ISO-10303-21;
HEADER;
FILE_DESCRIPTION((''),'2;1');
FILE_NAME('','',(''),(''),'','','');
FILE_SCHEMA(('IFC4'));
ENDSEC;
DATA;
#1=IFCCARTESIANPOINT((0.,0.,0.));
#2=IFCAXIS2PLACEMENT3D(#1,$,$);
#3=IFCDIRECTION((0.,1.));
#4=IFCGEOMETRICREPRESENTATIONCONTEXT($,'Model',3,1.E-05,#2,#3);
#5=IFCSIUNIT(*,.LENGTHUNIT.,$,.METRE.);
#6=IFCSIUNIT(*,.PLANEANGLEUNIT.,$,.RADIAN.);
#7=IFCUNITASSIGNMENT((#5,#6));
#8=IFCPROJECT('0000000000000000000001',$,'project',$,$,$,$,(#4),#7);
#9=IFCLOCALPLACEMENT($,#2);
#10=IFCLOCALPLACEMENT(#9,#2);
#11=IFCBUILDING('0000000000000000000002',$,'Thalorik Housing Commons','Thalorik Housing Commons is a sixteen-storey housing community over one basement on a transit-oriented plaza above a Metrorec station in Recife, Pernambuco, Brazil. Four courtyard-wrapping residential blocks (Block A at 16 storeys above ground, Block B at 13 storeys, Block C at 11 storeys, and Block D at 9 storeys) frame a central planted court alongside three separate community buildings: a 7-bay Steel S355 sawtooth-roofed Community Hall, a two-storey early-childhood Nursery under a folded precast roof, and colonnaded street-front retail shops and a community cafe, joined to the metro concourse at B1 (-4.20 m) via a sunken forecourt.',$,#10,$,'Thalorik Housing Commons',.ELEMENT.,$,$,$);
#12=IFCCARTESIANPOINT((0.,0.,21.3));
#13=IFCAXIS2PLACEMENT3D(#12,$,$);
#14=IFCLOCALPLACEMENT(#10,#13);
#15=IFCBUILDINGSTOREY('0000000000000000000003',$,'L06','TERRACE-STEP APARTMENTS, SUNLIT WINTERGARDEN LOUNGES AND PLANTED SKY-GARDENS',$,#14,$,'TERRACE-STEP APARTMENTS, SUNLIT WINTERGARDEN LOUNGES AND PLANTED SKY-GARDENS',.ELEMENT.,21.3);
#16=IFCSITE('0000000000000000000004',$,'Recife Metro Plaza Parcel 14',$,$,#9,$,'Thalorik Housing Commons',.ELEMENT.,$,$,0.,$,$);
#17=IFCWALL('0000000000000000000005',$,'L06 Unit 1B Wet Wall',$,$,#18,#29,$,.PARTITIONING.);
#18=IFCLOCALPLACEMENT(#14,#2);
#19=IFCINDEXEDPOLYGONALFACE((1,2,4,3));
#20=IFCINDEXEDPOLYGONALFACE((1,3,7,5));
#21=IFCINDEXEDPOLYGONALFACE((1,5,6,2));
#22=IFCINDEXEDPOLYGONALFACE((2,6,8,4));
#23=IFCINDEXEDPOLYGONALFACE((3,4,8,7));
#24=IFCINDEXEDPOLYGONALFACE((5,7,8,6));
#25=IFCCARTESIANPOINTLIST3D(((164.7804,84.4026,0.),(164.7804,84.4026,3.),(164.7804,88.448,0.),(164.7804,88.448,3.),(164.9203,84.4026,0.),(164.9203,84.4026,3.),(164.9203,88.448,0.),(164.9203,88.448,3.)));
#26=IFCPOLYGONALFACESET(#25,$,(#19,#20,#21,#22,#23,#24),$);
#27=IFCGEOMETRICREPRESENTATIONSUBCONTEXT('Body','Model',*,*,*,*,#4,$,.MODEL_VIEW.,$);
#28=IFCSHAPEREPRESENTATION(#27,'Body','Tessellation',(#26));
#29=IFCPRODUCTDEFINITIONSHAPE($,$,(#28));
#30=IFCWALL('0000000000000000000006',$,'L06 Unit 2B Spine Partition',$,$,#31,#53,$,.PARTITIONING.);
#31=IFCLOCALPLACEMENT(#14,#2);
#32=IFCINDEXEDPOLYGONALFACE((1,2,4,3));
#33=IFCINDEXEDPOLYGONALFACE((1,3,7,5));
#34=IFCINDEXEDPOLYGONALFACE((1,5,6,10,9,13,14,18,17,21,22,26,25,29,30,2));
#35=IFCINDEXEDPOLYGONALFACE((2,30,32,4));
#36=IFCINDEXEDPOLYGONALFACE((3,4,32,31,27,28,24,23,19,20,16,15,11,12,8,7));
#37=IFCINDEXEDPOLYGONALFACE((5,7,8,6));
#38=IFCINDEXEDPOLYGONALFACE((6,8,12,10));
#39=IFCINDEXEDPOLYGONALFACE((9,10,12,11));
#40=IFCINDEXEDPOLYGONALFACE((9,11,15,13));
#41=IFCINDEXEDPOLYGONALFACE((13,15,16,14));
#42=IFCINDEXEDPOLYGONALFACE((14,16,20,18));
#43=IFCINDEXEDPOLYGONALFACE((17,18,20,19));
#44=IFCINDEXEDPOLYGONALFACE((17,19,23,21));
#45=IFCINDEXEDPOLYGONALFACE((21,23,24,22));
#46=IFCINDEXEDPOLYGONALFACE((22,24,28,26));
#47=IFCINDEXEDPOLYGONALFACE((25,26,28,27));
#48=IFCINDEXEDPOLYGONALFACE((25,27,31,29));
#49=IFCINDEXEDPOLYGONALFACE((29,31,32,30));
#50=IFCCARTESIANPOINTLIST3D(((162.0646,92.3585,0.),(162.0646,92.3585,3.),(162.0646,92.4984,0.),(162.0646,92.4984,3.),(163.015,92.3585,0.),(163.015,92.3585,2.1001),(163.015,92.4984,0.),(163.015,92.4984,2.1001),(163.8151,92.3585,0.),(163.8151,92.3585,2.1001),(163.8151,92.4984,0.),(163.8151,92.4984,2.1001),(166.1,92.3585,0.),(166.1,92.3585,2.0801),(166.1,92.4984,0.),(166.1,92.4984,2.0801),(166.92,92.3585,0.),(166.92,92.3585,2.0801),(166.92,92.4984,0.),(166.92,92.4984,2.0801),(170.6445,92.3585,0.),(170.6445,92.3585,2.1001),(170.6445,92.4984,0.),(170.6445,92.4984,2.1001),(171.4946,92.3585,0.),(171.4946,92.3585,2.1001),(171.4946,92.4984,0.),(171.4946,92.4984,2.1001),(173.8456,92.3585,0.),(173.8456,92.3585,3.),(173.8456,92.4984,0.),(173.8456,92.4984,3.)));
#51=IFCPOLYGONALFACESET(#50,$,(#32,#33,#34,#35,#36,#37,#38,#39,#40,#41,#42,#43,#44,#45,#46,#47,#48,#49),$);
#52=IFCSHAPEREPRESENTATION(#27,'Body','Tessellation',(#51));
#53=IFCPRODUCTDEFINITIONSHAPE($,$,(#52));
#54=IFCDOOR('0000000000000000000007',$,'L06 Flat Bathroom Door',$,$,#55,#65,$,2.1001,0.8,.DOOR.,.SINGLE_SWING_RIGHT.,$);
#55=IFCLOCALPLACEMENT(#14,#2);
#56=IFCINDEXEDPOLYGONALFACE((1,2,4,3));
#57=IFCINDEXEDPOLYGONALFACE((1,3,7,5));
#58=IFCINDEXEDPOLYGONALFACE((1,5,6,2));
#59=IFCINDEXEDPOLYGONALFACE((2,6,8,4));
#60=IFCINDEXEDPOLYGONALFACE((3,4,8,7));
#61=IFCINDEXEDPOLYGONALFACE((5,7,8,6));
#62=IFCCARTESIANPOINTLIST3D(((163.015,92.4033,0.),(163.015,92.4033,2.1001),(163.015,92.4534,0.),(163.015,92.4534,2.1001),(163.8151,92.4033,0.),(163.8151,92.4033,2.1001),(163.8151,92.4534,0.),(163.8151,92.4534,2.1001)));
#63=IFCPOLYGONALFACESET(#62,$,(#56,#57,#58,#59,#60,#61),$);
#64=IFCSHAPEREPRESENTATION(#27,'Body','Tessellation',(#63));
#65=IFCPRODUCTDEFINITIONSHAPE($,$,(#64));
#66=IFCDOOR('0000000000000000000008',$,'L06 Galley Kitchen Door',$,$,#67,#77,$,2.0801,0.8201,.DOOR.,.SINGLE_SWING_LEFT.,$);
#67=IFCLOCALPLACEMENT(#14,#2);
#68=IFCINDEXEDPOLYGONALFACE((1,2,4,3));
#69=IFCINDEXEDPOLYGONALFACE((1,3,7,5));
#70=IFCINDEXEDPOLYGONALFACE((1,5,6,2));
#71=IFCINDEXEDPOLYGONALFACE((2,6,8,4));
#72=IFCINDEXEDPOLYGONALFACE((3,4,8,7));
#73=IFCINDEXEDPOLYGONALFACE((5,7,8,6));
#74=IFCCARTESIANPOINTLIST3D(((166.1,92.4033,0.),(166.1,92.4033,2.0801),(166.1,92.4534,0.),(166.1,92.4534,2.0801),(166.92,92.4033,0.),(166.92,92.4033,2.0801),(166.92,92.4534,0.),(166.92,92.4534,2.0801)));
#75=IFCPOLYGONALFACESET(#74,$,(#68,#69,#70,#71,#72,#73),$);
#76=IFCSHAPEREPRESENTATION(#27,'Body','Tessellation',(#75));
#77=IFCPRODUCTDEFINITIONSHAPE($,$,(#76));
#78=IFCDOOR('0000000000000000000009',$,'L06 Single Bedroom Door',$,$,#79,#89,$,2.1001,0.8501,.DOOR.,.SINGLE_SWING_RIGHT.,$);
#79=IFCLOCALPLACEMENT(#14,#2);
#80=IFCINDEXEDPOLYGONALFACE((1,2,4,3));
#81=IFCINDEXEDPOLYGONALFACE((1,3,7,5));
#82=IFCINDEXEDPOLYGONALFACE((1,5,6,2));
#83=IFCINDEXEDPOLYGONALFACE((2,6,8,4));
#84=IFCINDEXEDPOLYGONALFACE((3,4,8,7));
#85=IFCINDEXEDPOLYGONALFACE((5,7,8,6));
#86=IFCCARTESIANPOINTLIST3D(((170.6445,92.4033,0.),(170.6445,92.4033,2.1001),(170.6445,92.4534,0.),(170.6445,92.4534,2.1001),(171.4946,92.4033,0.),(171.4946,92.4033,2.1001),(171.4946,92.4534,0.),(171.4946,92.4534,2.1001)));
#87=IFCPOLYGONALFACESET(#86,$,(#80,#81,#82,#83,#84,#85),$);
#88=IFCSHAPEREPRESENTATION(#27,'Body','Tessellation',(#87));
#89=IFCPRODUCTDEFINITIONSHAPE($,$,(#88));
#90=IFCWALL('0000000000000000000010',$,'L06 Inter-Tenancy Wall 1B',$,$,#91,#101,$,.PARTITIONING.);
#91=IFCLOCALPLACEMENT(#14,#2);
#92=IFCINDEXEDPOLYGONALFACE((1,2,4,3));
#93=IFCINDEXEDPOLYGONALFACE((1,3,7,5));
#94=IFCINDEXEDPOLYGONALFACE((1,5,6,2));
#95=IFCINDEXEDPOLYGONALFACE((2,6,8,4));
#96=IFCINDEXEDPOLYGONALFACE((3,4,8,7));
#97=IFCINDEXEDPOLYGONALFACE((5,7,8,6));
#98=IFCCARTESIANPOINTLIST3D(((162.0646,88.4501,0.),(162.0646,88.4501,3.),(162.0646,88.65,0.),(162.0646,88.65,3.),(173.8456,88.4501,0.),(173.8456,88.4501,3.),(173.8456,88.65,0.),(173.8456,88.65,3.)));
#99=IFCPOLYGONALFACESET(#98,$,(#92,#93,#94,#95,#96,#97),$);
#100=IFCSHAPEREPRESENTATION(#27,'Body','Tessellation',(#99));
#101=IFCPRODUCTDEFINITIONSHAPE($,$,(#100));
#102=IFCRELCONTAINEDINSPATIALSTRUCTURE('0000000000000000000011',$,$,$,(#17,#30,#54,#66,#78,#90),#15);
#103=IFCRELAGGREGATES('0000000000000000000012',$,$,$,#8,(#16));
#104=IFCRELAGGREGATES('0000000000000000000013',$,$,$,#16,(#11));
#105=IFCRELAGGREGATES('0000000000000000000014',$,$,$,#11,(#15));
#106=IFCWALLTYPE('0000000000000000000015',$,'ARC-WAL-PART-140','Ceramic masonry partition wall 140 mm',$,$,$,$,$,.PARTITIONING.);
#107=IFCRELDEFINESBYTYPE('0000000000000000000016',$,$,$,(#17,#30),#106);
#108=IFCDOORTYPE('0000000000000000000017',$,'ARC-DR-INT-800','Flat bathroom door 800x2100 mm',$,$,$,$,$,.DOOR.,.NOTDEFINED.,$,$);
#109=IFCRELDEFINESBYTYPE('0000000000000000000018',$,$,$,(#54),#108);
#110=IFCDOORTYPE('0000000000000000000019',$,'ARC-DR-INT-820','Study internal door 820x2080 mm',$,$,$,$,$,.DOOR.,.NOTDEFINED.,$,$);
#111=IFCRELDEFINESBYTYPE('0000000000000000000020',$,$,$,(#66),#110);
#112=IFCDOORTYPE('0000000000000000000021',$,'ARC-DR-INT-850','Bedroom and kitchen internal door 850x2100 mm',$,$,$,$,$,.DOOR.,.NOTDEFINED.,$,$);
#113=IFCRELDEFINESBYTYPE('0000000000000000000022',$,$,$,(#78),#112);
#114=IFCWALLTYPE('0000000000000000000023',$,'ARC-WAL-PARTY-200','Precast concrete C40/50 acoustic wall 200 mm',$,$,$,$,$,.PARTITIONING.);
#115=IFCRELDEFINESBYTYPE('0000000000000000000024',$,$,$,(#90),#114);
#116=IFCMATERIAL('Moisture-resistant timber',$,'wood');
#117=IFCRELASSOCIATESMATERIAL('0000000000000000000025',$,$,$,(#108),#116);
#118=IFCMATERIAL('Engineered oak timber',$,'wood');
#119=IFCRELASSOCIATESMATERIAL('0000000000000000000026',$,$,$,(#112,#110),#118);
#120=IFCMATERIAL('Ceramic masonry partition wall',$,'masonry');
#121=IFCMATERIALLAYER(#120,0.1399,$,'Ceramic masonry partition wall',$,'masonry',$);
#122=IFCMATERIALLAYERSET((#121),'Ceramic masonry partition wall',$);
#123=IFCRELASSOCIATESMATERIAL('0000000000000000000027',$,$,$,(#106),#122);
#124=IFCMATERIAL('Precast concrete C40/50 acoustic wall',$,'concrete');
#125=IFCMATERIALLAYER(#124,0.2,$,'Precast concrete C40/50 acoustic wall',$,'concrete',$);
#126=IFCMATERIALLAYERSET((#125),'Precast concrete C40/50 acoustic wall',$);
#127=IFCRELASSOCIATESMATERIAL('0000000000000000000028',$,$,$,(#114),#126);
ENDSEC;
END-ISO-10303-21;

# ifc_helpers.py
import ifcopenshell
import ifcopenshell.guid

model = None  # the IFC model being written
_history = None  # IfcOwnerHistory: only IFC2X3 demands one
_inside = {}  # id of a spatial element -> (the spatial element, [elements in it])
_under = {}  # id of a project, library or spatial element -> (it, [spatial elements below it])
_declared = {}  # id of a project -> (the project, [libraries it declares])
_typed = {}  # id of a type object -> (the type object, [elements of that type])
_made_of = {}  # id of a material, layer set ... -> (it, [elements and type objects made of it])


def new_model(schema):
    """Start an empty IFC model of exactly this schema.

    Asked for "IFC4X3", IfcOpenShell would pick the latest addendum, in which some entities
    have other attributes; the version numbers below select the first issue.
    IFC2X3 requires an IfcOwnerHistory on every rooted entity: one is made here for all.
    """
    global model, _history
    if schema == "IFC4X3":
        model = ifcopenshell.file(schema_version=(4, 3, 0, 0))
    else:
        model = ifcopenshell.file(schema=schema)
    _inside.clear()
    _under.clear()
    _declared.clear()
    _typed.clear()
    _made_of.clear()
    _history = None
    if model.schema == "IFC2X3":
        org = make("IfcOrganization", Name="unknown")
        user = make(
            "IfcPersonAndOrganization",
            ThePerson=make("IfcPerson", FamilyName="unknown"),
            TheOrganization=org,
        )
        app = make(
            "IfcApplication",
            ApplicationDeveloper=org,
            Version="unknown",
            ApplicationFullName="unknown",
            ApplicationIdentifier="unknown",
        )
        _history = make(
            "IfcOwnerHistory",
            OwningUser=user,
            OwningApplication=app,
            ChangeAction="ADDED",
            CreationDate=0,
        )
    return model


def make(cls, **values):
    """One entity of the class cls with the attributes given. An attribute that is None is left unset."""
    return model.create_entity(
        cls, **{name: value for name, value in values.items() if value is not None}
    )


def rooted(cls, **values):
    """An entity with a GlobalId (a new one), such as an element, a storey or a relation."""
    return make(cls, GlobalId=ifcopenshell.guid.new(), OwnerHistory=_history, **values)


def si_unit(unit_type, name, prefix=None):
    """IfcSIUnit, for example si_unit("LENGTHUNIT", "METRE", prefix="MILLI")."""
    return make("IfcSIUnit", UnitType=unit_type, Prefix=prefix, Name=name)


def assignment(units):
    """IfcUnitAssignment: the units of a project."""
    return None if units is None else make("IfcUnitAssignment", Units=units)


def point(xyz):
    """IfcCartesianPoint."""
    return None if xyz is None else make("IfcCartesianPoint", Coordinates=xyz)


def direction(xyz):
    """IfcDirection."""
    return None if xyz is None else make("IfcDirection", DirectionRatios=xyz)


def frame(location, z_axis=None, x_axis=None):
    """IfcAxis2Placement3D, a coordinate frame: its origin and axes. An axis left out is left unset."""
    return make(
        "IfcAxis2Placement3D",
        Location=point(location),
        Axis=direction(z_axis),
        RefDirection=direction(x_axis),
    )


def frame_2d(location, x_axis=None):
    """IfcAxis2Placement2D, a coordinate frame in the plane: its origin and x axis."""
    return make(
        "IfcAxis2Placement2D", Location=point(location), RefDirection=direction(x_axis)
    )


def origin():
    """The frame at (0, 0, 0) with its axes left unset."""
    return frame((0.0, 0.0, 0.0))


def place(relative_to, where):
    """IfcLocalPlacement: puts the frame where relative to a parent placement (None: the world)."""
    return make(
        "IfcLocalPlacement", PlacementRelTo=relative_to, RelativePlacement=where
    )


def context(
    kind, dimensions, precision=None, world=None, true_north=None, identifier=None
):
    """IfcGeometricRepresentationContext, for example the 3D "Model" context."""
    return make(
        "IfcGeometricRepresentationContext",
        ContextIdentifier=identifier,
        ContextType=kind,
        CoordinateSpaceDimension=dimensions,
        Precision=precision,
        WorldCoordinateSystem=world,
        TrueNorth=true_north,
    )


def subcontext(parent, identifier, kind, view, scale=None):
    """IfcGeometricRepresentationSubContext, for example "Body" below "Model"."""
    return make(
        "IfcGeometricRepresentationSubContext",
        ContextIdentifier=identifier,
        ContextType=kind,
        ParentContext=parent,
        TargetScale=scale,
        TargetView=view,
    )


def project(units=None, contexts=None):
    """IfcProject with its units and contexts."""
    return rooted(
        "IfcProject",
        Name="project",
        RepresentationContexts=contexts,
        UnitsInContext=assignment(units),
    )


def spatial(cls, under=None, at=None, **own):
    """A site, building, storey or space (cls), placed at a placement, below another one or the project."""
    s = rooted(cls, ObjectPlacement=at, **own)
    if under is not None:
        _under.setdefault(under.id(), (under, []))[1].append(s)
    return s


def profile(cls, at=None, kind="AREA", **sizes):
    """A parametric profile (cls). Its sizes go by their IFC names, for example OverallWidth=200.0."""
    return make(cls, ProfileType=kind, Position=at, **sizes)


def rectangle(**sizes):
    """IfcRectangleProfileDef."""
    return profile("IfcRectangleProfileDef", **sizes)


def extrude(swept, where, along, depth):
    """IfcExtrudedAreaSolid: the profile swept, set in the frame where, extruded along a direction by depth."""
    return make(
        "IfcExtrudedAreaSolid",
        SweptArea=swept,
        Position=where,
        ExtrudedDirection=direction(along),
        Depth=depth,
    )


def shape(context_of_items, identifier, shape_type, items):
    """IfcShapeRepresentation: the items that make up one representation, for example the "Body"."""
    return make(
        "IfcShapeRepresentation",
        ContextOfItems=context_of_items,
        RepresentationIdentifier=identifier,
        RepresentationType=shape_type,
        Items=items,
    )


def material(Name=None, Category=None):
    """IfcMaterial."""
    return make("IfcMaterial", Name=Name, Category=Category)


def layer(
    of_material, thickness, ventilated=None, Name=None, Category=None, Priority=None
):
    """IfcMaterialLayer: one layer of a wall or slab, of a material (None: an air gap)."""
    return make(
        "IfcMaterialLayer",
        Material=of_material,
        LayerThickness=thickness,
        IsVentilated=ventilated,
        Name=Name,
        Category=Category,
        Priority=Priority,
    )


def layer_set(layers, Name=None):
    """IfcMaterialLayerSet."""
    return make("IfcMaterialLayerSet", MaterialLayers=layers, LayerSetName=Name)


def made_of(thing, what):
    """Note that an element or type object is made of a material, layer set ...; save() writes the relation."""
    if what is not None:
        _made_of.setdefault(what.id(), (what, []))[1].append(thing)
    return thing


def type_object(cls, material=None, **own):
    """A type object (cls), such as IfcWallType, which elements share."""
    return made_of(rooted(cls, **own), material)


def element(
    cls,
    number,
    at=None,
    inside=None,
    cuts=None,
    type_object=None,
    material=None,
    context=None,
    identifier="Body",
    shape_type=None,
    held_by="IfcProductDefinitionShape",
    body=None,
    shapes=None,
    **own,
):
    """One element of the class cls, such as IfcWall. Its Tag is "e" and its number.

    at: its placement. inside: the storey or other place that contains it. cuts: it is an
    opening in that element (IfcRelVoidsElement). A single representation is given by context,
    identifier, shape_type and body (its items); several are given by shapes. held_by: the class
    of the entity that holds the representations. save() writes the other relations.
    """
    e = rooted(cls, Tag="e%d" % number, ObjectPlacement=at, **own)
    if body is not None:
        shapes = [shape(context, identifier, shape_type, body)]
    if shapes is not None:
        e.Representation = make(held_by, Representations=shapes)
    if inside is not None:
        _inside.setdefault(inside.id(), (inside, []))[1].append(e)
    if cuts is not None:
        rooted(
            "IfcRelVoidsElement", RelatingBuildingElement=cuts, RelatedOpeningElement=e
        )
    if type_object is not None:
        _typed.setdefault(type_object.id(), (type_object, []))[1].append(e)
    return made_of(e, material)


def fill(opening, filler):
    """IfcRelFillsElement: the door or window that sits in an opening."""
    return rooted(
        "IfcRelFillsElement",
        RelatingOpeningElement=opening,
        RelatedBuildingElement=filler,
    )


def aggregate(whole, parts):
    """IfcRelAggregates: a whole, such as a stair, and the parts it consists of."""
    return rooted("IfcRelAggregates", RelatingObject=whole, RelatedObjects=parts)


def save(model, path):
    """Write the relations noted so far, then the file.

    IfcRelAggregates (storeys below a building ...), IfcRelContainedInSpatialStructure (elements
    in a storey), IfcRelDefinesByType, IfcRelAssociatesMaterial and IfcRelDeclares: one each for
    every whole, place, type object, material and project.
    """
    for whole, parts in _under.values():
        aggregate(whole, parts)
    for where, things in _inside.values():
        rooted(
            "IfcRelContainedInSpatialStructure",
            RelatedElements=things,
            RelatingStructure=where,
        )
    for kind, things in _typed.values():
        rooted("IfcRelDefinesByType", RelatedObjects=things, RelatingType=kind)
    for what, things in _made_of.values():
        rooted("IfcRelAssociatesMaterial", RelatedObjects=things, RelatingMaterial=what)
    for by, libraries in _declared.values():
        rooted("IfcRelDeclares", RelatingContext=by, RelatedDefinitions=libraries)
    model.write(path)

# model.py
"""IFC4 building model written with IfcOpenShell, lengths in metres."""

from ifc_helpers import new_model, si_unit, direction, frame, frame_2d, origin, place, context, subcontext, project, spatial, rectangle, extrude, material, layer, layer_set, type_object, element, fill, save


model = new_model("IFC4")

# Units and contexts
model_context = context("Model", 3, precision=1e-05, world=origin(), true_north=direction((0.0, 1.0)))
body_context = subcontext(model_context, "Body", "Model", "MODEL_VIEW")
ifc_project = project(units=[si_unit("LENGTHUNIT", "METRE"), si_unit("PLANEANGLEUNIT", "RADIAN")], contexts=[model_context])

# Site, building, storey
site_placement = place(None, origin())
site = spatial("IfcSite", under=ifc_project, at=site_placement, Name="Recife Metro Plaza Parcel 14", LongName="Thalorik Housing Commons", CompositionType="ELEMENT", RefElevation=0.0)
building_placement = place(site_placement, origin())
building = spatial("IfcBuilding", under=site, at=building_placement, Name="Thalorik Housing Commons", Description="Thalorik Housing Commons is a sixteen-storey housing community over one basement on a transit-oriented plaza above a Metrorec station in Recife, Pernambuco, Brazil. Four courtyard-wrapping residential blocks (Block A at 16 storeys above ground, Block B at 13 storeys, Block C at 11 storeys, and Block D at 9 storeys) frame a central planted court alongside three separate community buildings: a 7-bay Steel S355 sawtooth-roofed Community Hall, a two-storey early-childhood Nursery under a folded precast roof, and colonnaded street-front retail shops and a community cafe, joined to the metro concourse at B1 (-4.20 m) via a sunken forecourt.", LongName="Thalorik Housing Commons", CompositionType="ELEMENT")
storey_placement = place(building_placement, frame((0.0, 0.0, 21.3)))
storey = spatial("IfcBuildingStorey", under=building, at=storey_placement, Name="L06", Description="TERRACE-STEP APARTMENTS, SUNLIT WINTERGARDEN LOUNGES AND PLANTED SKY-GARDENS", LongName="TERRACE-STEP APARTMENTS, SUNLIT WINTERGARDEN LOUNGES AND PLANTED SKY-GARDENS", CompositionType="ELEMENT", Elevation=21.3)

# Shared definitions
ifc_material_1 = material(Name="Moisture-resistant timber", Category="wood")
door_type_1 = type_object("IfcDoorType", Name="ARC-DR-INT-800", Description="Flat bathroom door 800x2100 mm", OperationType="NOTDEFINED", PredefinedType="DOOR", material=ifc_material_1)
ifc_material_2 = material(Name="Engineered oak timber", Category="wood")
door_type_2 = type_object("IfcDoorType", Name="ARC-DR-INT-850", Description="Bedroom and kitchen internal door 850x2100 mm", OperationType="NOTDEFINED", PredefinedType="DOOR", material=ifc_material_2)

# Wall
ifc_material_3 = material(Name="Ceramic masonry partition wall", Category="masonry")
ifc_layer_1 = layer(ifc_material_3, 0.1399, Name="Ceramic masonry partition wall", Category="masonry")
ifc_layer_set_1 = layer_set([ifc_layer_1], Name="Ceramic masonry partition wall")
wall_type_1 = type_object("IfcWallType", Name="ARC-WAL-PART-140", Description="Ceramic masonry partition wall 140 mm", PredefinedType="PARTITIONING", material=ifc_layer_set_1)
wall_1_placement = place(storey_placement, frame((164.8503, 84.4026, 0.0), z_axis=(0.0, 0.0, 1.0), x_axis=(0.0, 1.0, 0.0)))
element("IfcWall", 1, at=wall_1_placement, inside=storey, type_object=wall_type_1, Name="L06 Unit 1B Wet Wall", PredefinedType="PARTITIONING", context=body_context, shape_type="SweptSolid", body=[
    extrude(rectangle(XDim=4.0454, YDim=0.1399, at=frame_2d((2.0227, 0.0))), origin(), (0.0, 0.0, 1.0), 3.0),
])

# Wall, openings, doors
wall_2_placement = place(storey_placement, frame((162.0645, 92.4285, 0.0), z_axis=(0.0, 0.0, 1.0), x_axis=(1.0, 0.0, 0.0)))
wall_2 = element("IfcWall", 2, at=wall_2_placement, inside=storey, type_object=wall_type_1, Name="L06 Unit 2B Spine Partition", PredefinedType="PARTITIONING", context=body_context, shape_type="SweptSolid", body=[
    extrude(rectangle(XDim=11.781, YDim=0.1399, at=frame_2d((5.8906, 0.0))), origin(), (0.0, 0.0, 1.0), 3.0),
])
opening_1_placement = place(wall_2_placement, frame((0.9507, 0.0, 0.0)))
opening_1 = element("IfcOpeningElement", 3, at=opening_1_placement, cuts=wall_2, PredefinedType="OPENING", context=body_context, shape_type="SweptSolid", body=[
    extrude(rectangle(XDim=0.8, YDim=2.1001, at=frame_2d((0.3999, 1.05))), frame((0.0, 0.0801, 0.0), z_axis=(0.0, -1.0, 0.0), x_axis=(1.0, 0.0, 0.0)), (0.0, 0.0, 1.0), 0.1599),
])
opening_2_placement = place(wall_2_placement, frame((4.0354, 0.0, 0.0)))
opening_2 = element("IfcOpeningElement", 4, at=opening_2_placement, cuts=wall_2, PredefinedType="OPENING", context=body_context, shape_type="SweptSolid", body=[
    extrude(rectangle(XDim=0.8201, YDim=2.0801, at=frame_2d((0.4102, 1.04))), frame((0.0, 0.0801, 0.0), z_axis=(0.0, -1.0, 0.0), x_axis=(1.0, 0.0, 0.0)), (0.0, 0.0, 1.0), 0.1599),
])
opening_3_placement = place(wall_2_placement, frame((8.5801, 0.0, 0.0)))
opening_3 = element("IfcOpeningElement", 5, at=opening_3_placement, cuts=wall_2, PredefinedType="OPENING", context=body_context, shape_type="SweptSolid", body=[
    extrude(rectangle(XDim=0.8501, YDim=2.1001, at=frame_2d((0.425, 1.05))), frame((0.0, 0.0801, 0.0), z_axis=(0.0, -1.0, 0.0), x_axis=(1.0, 0.0, 0.0)), (0.0, 0.0, 1.0), 0.1599),
])
door_1_placement = place(opening_1_placement, origin())
door_1 = element("IfcDoor", 6, at=door_1_placement, inside=storey, type_object=door_type_1, Name="L06 Flat Bathroom Door", OperationType="SINGLE_SWING_RIGHT", OverallHeight=2.1001, OverallWidth=0.8, PredefinedType="DOOR", context=body_context, shape_type="SweptSolid", body=[
    extrude(rectangle(XDim=0.8, YDim=2.1001, at=frame_2d((0.3999, 1.05))), frame((0.0, 0.0249, 0.0), z_axis=(0.0, -1.0, 0.0), x_axis=(1.0, 0.0, 0.0)), (0.0, 0.0, 1.0), 0.05),
])
fill(opening_1, door_1)
door_type_3 = type_object("IfcDoorType", Name="ARC-DR-INT-820", Description="Study internal door 820x2080 mm", OperationType="NOTDEFINED", PredefinedType="DOOR", material=ifc_material_2)
door_2_placement = place(opening_2_placement, origin())
door_2 = element("IfcDoor", 7, at=door_2_placement, inside=storey, type_object=door_type_3, Name="L06 Galley Kitchen Door", OperationType="SINGLE_SWING_LEFT", OverallHeight=2.0801, OverallWidth=0.8201, PredefinedType="DOOR", context=body_context, shape_type="SweptSolid", body=[
    extrude(rectangle(XDim=0.8201, YDim=2.0801, at=frame_2d((0.4102, 1.04))), frame((0.0, 0.0249, 0.0), z_axis=(0.0, -1.0, 0.0), x_axis=(1.0, 0.0, 0.0)), (0.0, 0.0, 1.0), 0.05),
])
fill(opening_2, door_2)
door_3_placement = place(opening_3_placement, origin())
door_3 = element("IfcDoor", 8, at=door_3_placement, inside=storey, type_object=door_type_2, Name="L06 Single Bedroom Door", OperationType="SINGLE_SWING_RIGHT", OverallHeight=2.1001, OverallWidth=0.8501, PredefinedType="DOOR", context=body_context, shape_type="SweptSolid", body=[
    extrude(rectangle(XDim=0.8501, YDim=2.1001, at=frame_2d((0.425, 1.05))), frame((0.0, 0.0249, 0.0), z_axis=(0.0, -1.0, 0.0), x_axis=(1.0, 0.0, 0.0)), (0.0, 0.0, 1.0), 0.05),
])
fill(opening_3, door_3)

# Wall
ifc_material_4 = material(Name="Precast concrete C40/50 acoustic wall", Category="concrete")
ifc_layer_2 = layer(ifc_material_4, 0.2, Name="Precast concrete C40/50 acoustic wall", Category="concrete")
ifc_layer_set_2 = layer_set([ifc_layer_2], Name="Precast concrete C40/50 acoustic wall")
wall_type_2 = type_object("IfcWallType", Name="ARC-WAL-PARTY-200", Description="Precast concrete C40/50 acoustic wall 200 mm", PredefinedType="PARTITIONING", material=ifc_layer_set_2)
wall_3_placement = place(storey_placement, frame((162.0645, 88.55, 0.0), z_axis=(0.0, 0.0, 1.0), x_axis=(1.0, 0.0, 0.0)))
element("IfcWall", 9, at=wall_3_placement, inside=storey, type_object=wall_type_2, Name="L06 Inter-Tenancy Wall 1B", PredefinedType="PARTITIONING", context=body_context, shape_type="SweptSolid", body=[
    extrude(rectangle(XDim=11.781, YDim=0.2, at=frame_2d((5.8906, 0.0))), origin(), (0.0, 0.0, 1.0), 3.0),
])

save(model, "model.ifc")
